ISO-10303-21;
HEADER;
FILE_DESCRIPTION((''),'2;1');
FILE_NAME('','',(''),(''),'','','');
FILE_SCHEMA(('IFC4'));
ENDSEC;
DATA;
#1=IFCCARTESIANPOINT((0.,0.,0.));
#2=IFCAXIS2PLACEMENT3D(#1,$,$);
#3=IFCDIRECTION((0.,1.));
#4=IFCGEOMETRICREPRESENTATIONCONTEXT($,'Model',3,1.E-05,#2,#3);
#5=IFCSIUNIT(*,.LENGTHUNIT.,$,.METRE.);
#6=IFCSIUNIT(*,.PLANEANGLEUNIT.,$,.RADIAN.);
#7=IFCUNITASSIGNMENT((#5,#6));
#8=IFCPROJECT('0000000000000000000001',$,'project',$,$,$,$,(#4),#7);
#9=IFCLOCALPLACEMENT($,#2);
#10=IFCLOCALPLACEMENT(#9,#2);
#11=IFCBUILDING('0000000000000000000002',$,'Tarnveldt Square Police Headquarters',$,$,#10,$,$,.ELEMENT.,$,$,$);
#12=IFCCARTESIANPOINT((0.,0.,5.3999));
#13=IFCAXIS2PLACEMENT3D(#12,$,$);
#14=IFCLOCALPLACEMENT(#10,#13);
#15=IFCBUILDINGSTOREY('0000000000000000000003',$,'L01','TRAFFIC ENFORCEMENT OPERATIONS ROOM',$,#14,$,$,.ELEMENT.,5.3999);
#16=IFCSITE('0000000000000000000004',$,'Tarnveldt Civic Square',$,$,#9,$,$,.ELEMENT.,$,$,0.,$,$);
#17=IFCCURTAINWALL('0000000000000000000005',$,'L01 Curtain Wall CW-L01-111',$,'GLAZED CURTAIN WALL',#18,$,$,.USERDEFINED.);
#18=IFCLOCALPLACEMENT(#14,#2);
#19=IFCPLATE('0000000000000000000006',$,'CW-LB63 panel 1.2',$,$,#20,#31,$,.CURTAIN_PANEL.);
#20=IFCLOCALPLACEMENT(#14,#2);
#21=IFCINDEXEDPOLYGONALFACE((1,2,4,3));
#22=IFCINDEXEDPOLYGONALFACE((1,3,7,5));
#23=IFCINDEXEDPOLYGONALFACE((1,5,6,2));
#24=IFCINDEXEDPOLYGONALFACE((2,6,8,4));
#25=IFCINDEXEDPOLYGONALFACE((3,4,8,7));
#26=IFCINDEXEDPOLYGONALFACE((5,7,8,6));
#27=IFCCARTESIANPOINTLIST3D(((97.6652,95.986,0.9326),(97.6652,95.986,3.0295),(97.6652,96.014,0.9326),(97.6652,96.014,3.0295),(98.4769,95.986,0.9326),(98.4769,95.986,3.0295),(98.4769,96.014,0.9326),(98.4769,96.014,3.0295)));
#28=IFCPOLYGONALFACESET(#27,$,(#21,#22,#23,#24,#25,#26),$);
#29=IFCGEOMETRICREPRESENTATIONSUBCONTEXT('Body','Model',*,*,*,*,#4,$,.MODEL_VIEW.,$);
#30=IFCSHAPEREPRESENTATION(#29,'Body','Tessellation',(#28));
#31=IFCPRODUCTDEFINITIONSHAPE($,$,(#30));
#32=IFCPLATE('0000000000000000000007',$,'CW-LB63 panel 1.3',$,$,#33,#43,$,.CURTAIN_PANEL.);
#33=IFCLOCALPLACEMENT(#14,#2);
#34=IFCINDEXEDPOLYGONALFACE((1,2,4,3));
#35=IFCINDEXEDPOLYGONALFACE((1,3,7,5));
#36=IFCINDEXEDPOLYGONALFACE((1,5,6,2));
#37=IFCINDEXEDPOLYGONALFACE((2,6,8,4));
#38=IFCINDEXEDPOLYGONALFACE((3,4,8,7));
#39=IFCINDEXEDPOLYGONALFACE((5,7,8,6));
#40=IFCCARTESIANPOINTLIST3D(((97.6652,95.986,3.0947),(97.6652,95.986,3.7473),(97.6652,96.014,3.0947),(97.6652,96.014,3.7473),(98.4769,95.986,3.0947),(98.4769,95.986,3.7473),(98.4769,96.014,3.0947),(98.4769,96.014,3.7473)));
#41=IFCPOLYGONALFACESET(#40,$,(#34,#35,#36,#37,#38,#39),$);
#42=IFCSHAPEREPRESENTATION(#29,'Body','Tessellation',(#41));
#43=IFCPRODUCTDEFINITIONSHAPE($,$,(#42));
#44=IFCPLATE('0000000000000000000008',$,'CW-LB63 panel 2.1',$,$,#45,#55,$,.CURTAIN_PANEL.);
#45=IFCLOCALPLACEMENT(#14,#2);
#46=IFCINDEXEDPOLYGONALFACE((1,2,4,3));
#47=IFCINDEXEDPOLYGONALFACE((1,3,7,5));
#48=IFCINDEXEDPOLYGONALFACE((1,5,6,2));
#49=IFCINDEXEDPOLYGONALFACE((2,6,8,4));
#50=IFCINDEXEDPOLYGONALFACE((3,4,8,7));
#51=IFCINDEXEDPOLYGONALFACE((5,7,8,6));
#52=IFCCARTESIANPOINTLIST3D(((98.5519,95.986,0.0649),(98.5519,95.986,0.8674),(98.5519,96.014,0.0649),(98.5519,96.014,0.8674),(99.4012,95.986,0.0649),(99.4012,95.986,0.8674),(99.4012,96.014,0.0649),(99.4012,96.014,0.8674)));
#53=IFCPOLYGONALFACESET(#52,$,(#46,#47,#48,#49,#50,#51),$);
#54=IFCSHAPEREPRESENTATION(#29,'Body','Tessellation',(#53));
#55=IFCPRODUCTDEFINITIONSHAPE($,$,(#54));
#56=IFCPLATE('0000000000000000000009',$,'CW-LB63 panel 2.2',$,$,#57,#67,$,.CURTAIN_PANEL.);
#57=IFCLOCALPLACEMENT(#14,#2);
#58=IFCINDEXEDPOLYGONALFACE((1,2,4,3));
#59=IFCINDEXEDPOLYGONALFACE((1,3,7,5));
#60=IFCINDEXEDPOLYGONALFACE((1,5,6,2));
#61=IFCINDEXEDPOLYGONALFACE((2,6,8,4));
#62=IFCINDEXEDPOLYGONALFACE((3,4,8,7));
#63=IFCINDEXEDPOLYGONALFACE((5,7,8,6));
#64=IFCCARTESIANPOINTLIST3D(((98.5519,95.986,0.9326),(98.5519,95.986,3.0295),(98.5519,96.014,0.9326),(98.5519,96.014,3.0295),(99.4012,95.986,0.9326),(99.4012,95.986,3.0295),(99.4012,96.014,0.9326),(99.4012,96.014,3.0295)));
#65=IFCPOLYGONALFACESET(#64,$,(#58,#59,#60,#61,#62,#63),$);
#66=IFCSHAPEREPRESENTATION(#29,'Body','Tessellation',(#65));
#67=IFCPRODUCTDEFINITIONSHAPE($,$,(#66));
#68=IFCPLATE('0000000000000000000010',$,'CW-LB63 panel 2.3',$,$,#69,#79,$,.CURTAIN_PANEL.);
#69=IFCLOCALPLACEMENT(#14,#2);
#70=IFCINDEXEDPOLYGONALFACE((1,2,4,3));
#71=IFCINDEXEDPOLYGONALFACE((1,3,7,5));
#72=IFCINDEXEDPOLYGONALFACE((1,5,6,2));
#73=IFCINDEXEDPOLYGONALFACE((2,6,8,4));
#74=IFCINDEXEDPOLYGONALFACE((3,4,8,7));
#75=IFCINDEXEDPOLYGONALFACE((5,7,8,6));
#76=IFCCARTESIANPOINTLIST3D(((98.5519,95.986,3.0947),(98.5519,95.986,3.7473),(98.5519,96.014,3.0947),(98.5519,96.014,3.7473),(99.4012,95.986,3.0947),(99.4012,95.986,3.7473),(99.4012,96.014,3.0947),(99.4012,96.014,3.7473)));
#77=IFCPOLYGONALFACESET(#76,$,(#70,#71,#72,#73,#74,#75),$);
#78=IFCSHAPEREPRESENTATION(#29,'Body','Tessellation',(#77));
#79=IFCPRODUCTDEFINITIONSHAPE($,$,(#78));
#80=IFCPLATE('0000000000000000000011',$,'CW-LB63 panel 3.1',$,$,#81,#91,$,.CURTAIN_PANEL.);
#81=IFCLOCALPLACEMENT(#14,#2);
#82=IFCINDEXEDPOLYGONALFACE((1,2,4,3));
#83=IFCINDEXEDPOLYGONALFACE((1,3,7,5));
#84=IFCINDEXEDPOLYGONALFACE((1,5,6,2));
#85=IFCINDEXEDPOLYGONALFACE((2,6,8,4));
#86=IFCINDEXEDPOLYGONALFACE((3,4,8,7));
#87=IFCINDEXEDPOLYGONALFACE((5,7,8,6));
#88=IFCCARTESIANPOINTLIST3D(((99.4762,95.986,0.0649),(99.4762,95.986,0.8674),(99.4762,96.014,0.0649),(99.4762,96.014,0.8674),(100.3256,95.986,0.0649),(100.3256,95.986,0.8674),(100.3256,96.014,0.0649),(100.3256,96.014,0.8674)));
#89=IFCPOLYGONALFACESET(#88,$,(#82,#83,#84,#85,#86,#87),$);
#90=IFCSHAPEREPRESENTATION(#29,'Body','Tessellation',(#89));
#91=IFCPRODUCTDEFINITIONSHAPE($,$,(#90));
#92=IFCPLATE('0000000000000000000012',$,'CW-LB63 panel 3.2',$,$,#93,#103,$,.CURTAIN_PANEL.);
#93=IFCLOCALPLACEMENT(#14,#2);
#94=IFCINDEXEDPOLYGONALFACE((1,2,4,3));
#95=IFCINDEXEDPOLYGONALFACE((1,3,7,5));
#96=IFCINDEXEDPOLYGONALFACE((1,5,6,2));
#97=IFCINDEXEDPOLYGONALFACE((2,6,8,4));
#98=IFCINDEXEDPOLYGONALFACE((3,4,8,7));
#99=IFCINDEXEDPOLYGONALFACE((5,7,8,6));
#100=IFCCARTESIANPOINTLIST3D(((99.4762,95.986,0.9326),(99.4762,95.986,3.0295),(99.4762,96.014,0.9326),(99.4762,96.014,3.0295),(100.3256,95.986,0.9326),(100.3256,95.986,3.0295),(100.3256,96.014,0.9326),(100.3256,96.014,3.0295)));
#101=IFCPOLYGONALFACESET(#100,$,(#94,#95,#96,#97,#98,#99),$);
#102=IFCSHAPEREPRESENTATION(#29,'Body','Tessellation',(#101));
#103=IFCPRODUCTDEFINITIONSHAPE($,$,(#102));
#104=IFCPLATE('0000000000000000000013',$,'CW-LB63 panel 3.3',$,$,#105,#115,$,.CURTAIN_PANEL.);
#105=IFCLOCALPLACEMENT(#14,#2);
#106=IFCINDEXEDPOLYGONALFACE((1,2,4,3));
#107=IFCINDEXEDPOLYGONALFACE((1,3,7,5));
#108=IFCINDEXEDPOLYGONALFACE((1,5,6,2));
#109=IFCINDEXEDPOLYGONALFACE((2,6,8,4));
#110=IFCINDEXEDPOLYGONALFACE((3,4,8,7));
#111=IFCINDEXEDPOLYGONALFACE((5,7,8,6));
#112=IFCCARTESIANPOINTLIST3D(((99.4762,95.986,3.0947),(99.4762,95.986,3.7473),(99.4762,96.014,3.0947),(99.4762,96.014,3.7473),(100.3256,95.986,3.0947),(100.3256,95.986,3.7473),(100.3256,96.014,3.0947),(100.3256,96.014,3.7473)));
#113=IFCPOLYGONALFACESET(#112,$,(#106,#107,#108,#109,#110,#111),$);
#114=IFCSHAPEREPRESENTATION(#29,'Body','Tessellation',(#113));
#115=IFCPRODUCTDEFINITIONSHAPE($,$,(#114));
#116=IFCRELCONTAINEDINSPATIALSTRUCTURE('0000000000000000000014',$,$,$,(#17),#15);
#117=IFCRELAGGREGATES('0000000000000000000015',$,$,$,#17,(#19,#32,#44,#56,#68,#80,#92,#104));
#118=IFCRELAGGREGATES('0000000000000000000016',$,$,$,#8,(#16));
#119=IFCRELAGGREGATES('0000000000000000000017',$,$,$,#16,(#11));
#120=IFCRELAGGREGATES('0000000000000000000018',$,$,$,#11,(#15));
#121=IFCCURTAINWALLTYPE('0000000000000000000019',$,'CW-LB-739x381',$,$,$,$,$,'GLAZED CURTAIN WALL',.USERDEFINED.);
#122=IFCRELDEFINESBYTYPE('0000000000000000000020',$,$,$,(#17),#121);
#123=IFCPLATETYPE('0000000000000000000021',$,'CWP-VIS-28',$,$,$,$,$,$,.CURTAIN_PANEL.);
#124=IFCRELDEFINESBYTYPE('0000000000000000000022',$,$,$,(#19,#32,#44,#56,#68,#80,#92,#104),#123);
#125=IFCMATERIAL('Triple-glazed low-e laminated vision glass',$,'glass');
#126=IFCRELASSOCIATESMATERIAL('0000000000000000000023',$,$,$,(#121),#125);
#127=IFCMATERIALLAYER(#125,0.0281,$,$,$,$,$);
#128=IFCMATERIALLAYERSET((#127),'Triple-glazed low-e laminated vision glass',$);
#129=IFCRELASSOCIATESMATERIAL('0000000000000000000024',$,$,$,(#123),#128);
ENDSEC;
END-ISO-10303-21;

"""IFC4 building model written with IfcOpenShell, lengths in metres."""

from ifc_helpers import new_model, si_unit, direction, frame, origin, origin_2d, place, context, subcontext, project, spatial, rectangle, extrude, material, layer, layer_set, type_object, element, aggregate, save


model = new_model("IFC4")

# Units and contexts
model_context = context("Model", 3, precision=1e-05, world=origin(), true_north=direction((0.0, 1.0)))
body_context = subcontext(model_context, "Body", "Model", "MODEL_VIEW")
ifc_project = project(units=[si_unit("LENGTHUNIT", "METRE"), si_unit("PLANEANGLEUNIT", "RADIAN")], contexts=[model_context])

# Site, building, storey
site_placement = place(None, origin())
site = spatial("IfcSite", under=ifc_project, at=site_placement, Name="Tarnveldt Civic Square", CompositionType="ELEMENT", RefElevation=0.0)
building_placement = place(site_placement, origin())
building = spatial("IfcBuilding", under=site, at=building_placement, Name="Tarnveldt Square Police Headquarters", CompositionType="ELEMENT")
storey_placement = place(building_placement, frame((0.0, 0.0, 5.3999)))
storey = spatial("IfcBuildingStorey", under=building, at=storey_placement, Name="L01", Description="TRAFFIC ENFORCEMENT OPERATIONS ROOM", CompositionType="ELEMENT", Elevation=5.3999)

# Shared definitions
ifc_material_1 = material(Name="Triple-glazed low-e laminated vision glass", Category="glass")

# Curtain wall
curtain_wall_type_1 = type_object("IfcCurtainWallType", Name="CW-LB-739x381", ElementType="GLAZED CURTAIN WALL", PredefinedType="USERDEFINED", material=ifc_material_1)
curtain_wall_1_placement = place(storey_placement, origin())
curtain_wall_1 = element("IfcCurtainWall", 1, at=curtain_wall_1_placement, inside=storey, type_object=curtain_wall_type_1, Name="L01 Curtain Wall CW-L01-111", ObjectType="GLAZED CURTAIN WALL", PredefinedType="USERDEFINED")

# Plates
ifc_layer = layer(ifc_material_1, 0.0281)
ifc_layer_set = layer_set([ifc_layer], Name="Triple-glazed low-e laminated vision glass")
plate_type = type_object("IfcPlateType", Name="CWP-VIS-28", PredefinedType="CURTAIN_PANEL", material=ifc_layer_set)
plate_1_placement = place(storey_placement, frame((98.071, 96.0, 0.9326), z_axis=(0.0, 0.0, 1.0), x_axis=(1.0, 0.0, 0.0)))
plate_1 = element("IfcPlate", 2, at=plate_1_placement, type_object=plate_type, Name="CW-LB63 panel 1.2", PredefinedType="CURTAIN_PANEL", context=body_context, shape_type="SweptSolid", body=[
    extrude(rectangle(XDim=0.8118, YDim=0.0281, at=origin_2d()), origin(), (0.0, 0.0, 1.0), 2.0969),
])
plate_2_placement = place(storey_placement, frame((98.071, 96.0, 3.0947), z_axis=(0.0, 0.0, 1.0), x_axis=(1.0, 0.0, 0.0)))
plate_2 = element("IfcPlate", 3, at=plate_2_placement, type_object=plate_type, Name="CW-LB63 panel 1.3", PredefinedType="CURTAIN_PANEL", context=body_context, shape_type="SweptSolid", body=[
    extrude(rectangle(XDim=0.8118, YDim=0.0281, at=origin_2d()), origin(), (0.0, 0.0, 1.0), 0.6526),
])
plate_3_placement = place(storey_placement, frame((98.9766, 96.0, 0.0649), z_axis=(0.0, 0.0, 1.0), x_axis=(1.0, 0.0, 0.0)))
plate_3 = element("IfcPlate", 4, at=plate_3_placement, type_object=plate_type, Name="CW-LB63 panel 2.1", PredefinedType="CURTAIN_PANEL", context=body_context, shape_type="SweptSolid", body=[
    extrude(rectangle(XDim=0.8494, YDim=0.0281, at=origin_2d()), origin(), (0.0, 0.0, 1.0), 0.8025),
])
plate_4_placement = place(storey_placement, frame((98.9766, 96.0, 0.9326), z_axis=(0.0, 0.0, 1.0), x_axis=(1.0, 0.0, 0.0)))
plate_4 = element("IfcPlate", 5, at=plate_4_placement, type_object=plate_type, Name="CW-LB63 panel 2.2", PredefinedType="CURTAIN_PANEL", context=body_context, shape_type="SweptSolid", body=[
    extrude(rectangle(XDim=0.8494, YDim=0.0281, at=origin_2d()), origin(), (0.0, 0.0, 1.0), 2.0969),
])
plate_5_placement = place(storey_placement, frame((98.9766, 96.0, 3.0947), z_axis=(0.0, 0.0, 1.0), x_axis=(1.0, 0.0, 0.0)))
plate_5 = element("IfcPlate", 6, at=plate_5_placement, type_object=plate_type, Name="CW-LB63 panel 2.3", PredefinedType="CURTAIN_PANEL", context=body_context, shape_type="SweptSolid", body=[
    extrude(rectangle(XDim=0.8494, YDim=0.0281, at=origin_2d()), origin(), (0.0, 0.0, 1.0), 0.6526),
])
plate_6_placement = place(storey_placement, frame((99.9009, 96.0, 0.0649), z_axis=(0.0, 0.0, 1.0), x_axis=(1.0, 0.0, 0.0)))
plate_6 = element("IfcPlate", 7, at=plate_6_placement, type_object=plate_type, Name="CW-LB63 panel 3.1", PredefinedType="CURTAIN_PANEL", context=body_context, shape_type="SweptSolid", body=[
    extrude(rectangle(XDim=0.8494, YDim=0.0281, at=origin_2d()), origin(), (0.0, 0.0, 1.0), 0.8025),
])
plate_7_placement = place(storey_placement, frame((99.9009, 96.0, 0.9326), z_axis=(0.0, 0.0, 1.0), x_axis=(1.0, 0.0, 0.0)))
plate_7 = element("IfcPlate", 8, at=plate_7_placement, type_object=plate_type, Name="CW-LB63 panel 3.2", PredefinedType="CURTAIN_PANEL", context=body_context, shape_type="SweptSolid", body=[
    extrude(rectangle(XDim=0.8494, YDim=0.0281, at=origin_2d()), origin(), (0.0, 0.0, 1.0), 2.0969),
])
plate_8_placement = place(storey_placement, frame((99.9009, 96.0, 3.0947), z_axis=(0.0, 0.0, 1.0), x_axis=(1.0, 0.0, 0.0)))
plate_8 = element("IfcPlate", 9, at=plate_8_placement, type_object=plate_type, Name="CW-LB63 panel 3.3", PredefinedType="CURTAIN_PANEL", context=body_context, shape_type="SweptSolid", body=[
    extrude(rectangle(XDim=0.8494, YDim=0.0281, at=origin_2d()), origin(), (0.0, 0.0, 1.0), 0.6526),
])
aggregate(curtain_wall_1, [plate_1, plate_2, plate_3, plate_4, plate_5, plate_6, plate_7, plate_8])

save(model, "model.ifc")
